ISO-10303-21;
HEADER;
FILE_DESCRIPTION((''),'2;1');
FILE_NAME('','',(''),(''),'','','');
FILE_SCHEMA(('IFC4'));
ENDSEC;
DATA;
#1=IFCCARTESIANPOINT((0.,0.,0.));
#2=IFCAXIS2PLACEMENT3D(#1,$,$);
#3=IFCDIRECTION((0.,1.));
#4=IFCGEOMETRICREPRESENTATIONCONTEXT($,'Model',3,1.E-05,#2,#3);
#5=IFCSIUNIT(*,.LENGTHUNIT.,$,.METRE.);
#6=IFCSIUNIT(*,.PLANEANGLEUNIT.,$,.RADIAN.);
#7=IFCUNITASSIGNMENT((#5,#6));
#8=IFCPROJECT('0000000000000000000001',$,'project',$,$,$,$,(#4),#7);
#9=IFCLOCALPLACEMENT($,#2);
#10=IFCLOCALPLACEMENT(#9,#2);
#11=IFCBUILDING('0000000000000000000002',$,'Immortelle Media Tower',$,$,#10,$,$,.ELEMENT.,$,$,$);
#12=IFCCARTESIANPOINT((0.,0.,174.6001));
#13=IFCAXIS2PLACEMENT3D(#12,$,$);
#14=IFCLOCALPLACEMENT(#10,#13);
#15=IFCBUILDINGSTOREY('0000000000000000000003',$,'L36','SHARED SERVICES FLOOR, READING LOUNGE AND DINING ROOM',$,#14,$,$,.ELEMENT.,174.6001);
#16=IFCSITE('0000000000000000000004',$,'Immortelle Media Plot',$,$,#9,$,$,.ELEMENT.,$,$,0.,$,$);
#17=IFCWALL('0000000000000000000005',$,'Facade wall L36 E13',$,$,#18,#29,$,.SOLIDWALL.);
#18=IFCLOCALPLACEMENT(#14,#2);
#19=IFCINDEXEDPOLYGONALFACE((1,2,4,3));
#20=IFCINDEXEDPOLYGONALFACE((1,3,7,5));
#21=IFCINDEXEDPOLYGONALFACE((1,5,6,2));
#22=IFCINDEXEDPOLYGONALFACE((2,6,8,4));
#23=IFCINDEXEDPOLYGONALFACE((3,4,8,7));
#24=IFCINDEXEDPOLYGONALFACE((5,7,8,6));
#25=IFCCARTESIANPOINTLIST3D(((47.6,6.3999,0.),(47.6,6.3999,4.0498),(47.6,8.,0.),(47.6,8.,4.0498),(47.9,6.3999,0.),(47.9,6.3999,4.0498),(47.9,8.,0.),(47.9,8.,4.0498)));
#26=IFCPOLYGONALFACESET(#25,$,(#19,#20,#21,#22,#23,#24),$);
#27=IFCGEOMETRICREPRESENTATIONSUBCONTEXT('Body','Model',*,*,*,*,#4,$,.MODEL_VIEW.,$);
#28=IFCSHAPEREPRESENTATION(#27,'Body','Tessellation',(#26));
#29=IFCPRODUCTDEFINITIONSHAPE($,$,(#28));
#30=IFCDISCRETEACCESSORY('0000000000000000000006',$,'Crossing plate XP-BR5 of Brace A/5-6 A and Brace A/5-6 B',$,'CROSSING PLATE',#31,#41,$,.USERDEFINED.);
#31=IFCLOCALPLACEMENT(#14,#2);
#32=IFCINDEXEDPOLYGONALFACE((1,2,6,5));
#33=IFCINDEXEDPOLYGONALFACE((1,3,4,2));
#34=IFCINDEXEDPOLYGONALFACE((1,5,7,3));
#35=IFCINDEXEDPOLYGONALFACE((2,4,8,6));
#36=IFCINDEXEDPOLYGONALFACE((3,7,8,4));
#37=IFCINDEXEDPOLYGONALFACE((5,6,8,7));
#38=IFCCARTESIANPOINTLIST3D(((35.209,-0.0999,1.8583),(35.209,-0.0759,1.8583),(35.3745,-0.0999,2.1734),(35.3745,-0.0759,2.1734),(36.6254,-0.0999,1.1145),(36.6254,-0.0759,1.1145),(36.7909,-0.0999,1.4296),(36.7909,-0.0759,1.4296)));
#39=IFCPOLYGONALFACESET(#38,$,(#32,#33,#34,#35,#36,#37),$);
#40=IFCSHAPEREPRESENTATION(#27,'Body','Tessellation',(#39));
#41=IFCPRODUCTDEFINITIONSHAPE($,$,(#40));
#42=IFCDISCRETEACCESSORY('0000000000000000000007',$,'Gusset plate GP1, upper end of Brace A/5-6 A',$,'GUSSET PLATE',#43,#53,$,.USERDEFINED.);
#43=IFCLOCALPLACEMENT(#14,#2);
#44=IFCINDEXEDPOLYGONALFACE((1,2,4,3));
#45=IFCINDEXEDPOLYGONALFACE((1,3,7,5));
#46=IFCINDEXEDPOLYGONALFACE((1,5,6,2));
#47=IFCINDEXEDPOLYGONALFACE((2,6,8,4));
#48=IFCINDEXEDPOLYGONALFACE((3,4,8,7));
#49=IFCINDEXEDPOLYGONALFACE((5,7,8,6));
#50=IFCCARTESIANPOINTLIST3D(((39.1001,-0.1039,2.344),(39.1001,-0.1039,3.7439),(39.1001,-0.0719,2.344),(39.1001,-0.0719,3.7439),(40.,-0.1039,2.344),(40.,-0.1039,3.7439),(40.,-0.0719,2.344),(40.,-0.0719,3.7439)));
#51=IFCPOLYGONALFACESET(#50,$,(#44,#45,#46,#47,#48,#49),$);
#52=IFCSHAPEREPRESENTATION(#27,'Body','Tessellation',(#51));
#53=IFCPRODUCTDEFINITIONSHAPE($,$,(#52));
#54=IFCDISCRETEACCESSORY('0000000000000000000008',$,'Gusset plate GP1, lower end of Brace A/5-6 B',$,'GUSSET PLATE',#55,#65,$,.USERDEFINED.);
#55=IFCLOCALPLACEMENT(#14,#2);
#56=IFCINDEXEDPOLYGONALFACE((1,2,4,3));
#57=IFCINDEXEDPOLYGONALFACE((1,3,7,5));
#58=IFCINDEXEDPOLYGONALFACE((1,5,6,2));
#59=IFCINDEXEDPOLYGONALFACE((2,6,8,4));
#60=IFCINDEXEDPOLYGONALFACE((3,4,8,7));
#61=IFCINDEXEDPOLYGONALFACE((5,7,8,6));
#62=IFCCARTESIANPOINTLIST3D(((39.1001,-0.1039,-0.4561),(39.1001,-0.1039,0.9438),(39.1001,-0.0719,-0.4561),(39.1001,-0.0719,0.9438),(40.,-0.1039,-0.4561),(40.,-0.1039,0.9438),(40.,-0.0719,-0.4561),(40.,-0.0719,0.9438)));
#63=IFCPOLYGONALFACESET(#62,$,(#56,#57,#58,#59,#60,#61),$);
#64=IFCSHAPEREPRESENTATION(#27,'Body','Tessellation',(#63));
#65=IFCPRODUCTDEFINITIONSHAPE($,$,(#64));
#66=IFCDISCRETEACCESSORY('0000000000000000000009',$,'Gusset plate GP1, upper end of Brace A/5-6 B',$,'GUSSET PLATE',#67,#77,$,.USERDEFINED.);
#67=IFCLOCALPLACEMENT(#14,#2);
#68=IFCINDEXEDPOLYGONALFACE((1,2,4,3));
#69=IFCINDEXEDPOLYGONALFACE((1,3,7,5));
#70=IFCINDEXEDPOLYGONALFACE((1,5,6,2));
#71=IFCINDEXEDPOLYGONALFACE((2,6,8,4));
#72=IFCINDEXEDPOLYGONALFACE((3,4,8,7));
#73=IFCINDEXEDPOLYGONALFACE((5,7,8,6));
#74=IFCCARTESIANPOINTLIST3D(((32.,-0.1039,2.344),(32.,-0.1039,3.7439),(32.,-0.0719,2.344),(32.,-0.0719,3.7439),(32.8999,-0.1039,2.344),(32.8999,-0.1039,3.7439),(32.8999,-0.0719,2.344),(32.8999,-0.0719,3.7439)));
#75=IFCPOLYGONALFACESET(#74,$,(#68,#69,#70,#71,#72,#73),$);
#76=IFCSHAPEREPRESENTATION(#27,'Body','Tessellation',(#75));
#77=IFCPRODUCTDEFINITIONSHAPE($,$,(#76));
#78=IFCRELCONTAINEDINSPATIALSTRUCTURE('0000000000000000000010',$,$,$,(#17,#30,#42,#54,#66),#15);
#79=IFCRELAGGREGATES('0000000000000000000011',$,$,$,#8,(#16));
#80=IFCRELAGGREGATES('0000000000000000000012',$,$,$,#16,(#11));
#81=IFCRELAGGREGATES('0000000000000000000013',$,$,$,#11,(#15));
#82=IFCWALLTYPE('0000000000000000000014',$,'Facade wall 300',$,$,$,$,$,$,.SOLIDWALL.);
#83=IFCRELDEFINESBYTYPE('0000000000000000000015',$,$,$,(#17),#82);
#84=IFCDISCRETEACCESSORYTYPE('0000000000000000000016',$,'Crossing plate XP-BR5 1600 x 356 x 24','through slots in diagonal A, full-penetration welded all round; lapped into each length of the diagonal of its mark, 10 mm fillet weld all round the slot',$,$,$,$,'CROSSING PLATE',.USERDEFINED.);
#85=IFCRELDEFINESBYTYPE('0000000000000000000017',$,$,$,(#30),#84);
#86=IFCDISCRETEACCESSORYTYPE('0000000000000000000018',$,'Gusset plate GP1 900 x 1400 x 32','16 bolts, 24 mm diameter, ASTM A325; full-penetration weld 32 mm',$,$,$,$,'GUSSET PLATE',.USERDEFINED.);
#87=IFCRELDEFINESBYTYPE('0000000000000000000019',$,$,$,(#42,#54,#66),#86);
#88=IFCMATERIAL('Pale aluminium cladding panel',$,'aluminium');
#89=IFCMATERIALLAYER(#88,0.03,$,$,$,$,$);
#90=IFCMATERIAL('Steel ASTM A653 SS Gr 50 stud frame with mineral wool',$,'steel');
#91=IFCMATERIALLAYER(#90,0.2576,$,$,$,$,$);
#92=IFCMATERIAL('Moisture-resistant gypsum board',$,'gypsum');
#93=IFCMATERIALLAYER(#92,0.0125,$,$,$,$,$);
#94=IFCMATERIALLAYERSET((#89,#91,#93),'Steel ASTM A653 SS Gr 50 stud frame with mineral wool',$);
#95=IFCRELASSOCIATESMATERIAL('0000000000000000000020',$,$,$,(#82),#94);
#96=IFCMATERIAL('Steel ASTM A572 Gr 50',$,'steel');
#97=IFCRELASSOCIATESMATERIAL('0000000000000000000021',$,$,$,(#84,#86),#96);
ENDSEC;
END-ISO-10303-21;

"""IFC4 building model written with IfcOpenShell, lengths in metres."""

from ifc_helpers import new_model, si_unit, direction, frame, frame_2d, origin, origin_2d, place, context, subcontext, project, spatial, rectangle, extrude, material, layer, layer_set, material_profile, profile_set, type_object, element, save


model = new_model("IFC4")

# Units and contexts
model_context = context("Model", 3, precision=1e-05, world=origin(), true_north=direction((0.0, 1.0)))
body_context = subcontext(model_context, "Body", "Model", "MODEL_VIEW")
ifc_project = project(units=[si_unit("LENGTHUNIT", "METRE"), si_unit("PLANEANGLEUNIT", "RADIAN")], contexts=[model_context])

# Site, building, storey
site_placement = place(None, origin())
site = spatial("IfcSite", under=ifc_project, at=site_placement, Name="Immortelle Media Plot", CompositionType="ELEMENT", RefElevation=0.0)
building_placement = place(site_placement, origin())
building = spatial("IfcBuilding", under=site, at=building_placement, Name="Immortelle Media Tower", CompositionType="ELEMENT")
storey_placement = place(building_placement, frame((0.0, 0.0, 174.6001)))
storey = spatial("IfcBuildingStorey", under=building, at=storey_placement, Name="L36", Description="SHARED SERVICES FLOOR, READING LOUNGE AND DINING ROOM", CompositionType="ELEMENT", Elevation=174.6001)

# Wall
ifc_material_1 = material(Name="Pale aluminium cladding panel", Category="aluminium")
ifc_layer_1 = layer(ifc_material_1, 0.03)
ifc_material_2 = material(Name="Steel ASTM A653 SS Gr 50 stud frame with mineral wool", Category="steel")
ifc_layer_2 = layer(ifc_material_2, 0.2576)
ifc_material_3 = material(Name="Moisture-resistant gypsum board", Category="gypsum")
ifc_layer_3 = layer(ifc_material_3, 0.0125)
ifc_layer_set = layer_set([ifc_layer_1, ifc_layer_2, ifc_layer_3], Name="Steel ASTM A653 SS Gr 50 stud frame with mineral wool")
wall_type = type_object("IfcWallType", Name="Facade wall 300", PredefinedType="SOLIDWALL", material=ifc_layer_set)
wall_1_placement = place(storey_placement, frame((47.75, 6.3999, 0.0), z_axis=(0.0, 0.0, 1.0), x_axis=(0.0, 1.0, 0.0)))
element("IfcWall", 1, at=wall_1_placement, inside=storey, type_object=wall_type, Name="Facade wall L36 E13", PredefinedType="SOLIDWALL", context=body_context, shape_type="SweptSolid", body=[
    extrude(rectangle(XDim=1.6001, YDim=0.3, at=frame_2d((0.8, 0.0))), origin(), (0.0, 0.0, 1.0), 4.0498),
])

# Discrete accessories
ifc_material_4 = material(Name="Steel ASTM A572 Gr 50", Category="steel")
ifc_material_profile_1 = material_profile(ifc_material_4, rectangle(XDim=0.0239, YDim=0.356, at=origin_2d()), Name="PL 24 x 356")
ifc_profile_set_1 = profile_set([ifc_material_profile_1], Name="Steel ASTM A572 Gr 50")
discrete_accessory_type_1 = type_object("IfcDiscreteAccessoryType", Name="Crossing plate XP-BR5 1600 x 356 x 24", Description="through slots in diagonal A, full-penetration welded all round; lapped into each length of the diagonal of its mark, 10 mm fillet weld all round the slot", ElementType="CROSSING PLATE", PredefinedType="USERDEFINED", material=ifc_profile_set_1)
discrete_accessory_placement = place(storey_placement, frame((35.2917, -0.0879, 2.0159), z_axis=(0.885338, 0.0, -0.464948), x_axis=(0.0, 1.0, 0.0)))
element("IfcDiscreteAccessory", 2, at=discrete_accessory_placement, inside=storey, type_object=discrete_accessory_type_1, Name="Crossing plate XP-BR5 of Brace A/5-6 A and Brace A/5-6 B", ObjectType="CROSSING PLATE", PredefinedType="USERDEFINED", context=body_context, shape_type="SweptSolid", body=[
    extrude(rectangle(XDim=0.0239, YDim=0.356, at=origin_2d()), origin(), (0.0, 0.0, 1.0), 1.5999),
])
ifc_material_profile_2 = material_profile(ifc_material_4, rectangle(XDim=0.032, YDim=1.3999, at=origin_2d()), Name="PL 32 x 1400")
ifc_profile_set_2 = profile_set([ifc_material_profile_2], Name="Steel ASTM A572 Gr 50")
discrete_accessory_type_2 = type_object("IfcDiscreteAccessoryType", Name="Gusset plate GP1 900 x 1400 x 32", Description="16 bolts, 24 mm diameter, ASTM A325; full-penetration weld 32 mm", ElementType="GUSSET PLATE", PredefinedType="USERDEFINED", material=ifc_profile_set_2)
for number, where, z_axis, x_axis, name in (
    (3, (40.0, -0.0879, 3.0439), (-1.0, 0.0, 0.0), (0.0, -1.0, 0.0), "Gusset plate GP1, upper end of Brace A/5-6 A"),
    (4, (40.0, -0.0879, 0.2439), (-1.0, 0.0, 0.0), (0.0, -1.0, 0.0), "Gusset plate GP1, lower end of Brace A/5-6 B"),
    (5, (32.0, -0.0879, 3.0439), (1.0, 0.0, 0.0), (0.0, 1.0, 0.0), "Gusset plate GP1, upper end of Brace A/5-6 B"),
):
    element("IfcDiscreteAccessory", number, at=place(storey_placement, frame(where, z_axis=z_axis, x_axis=x_axis)), inside=storey, type_object=discrete_accessory_type_2, Name=name, ObjectType="GUSSET PLATE", PredefinedType="USERDEFINED", context=body_context, shape_type="SweptSolid", body=[
        extrude(rectangle(XDim=0.032, YDim=1.3999, at=origin_2d()), origin(), (0.0, 0.0, 1.0), 0.8999),
    ])

save(model, "model.ifc")
